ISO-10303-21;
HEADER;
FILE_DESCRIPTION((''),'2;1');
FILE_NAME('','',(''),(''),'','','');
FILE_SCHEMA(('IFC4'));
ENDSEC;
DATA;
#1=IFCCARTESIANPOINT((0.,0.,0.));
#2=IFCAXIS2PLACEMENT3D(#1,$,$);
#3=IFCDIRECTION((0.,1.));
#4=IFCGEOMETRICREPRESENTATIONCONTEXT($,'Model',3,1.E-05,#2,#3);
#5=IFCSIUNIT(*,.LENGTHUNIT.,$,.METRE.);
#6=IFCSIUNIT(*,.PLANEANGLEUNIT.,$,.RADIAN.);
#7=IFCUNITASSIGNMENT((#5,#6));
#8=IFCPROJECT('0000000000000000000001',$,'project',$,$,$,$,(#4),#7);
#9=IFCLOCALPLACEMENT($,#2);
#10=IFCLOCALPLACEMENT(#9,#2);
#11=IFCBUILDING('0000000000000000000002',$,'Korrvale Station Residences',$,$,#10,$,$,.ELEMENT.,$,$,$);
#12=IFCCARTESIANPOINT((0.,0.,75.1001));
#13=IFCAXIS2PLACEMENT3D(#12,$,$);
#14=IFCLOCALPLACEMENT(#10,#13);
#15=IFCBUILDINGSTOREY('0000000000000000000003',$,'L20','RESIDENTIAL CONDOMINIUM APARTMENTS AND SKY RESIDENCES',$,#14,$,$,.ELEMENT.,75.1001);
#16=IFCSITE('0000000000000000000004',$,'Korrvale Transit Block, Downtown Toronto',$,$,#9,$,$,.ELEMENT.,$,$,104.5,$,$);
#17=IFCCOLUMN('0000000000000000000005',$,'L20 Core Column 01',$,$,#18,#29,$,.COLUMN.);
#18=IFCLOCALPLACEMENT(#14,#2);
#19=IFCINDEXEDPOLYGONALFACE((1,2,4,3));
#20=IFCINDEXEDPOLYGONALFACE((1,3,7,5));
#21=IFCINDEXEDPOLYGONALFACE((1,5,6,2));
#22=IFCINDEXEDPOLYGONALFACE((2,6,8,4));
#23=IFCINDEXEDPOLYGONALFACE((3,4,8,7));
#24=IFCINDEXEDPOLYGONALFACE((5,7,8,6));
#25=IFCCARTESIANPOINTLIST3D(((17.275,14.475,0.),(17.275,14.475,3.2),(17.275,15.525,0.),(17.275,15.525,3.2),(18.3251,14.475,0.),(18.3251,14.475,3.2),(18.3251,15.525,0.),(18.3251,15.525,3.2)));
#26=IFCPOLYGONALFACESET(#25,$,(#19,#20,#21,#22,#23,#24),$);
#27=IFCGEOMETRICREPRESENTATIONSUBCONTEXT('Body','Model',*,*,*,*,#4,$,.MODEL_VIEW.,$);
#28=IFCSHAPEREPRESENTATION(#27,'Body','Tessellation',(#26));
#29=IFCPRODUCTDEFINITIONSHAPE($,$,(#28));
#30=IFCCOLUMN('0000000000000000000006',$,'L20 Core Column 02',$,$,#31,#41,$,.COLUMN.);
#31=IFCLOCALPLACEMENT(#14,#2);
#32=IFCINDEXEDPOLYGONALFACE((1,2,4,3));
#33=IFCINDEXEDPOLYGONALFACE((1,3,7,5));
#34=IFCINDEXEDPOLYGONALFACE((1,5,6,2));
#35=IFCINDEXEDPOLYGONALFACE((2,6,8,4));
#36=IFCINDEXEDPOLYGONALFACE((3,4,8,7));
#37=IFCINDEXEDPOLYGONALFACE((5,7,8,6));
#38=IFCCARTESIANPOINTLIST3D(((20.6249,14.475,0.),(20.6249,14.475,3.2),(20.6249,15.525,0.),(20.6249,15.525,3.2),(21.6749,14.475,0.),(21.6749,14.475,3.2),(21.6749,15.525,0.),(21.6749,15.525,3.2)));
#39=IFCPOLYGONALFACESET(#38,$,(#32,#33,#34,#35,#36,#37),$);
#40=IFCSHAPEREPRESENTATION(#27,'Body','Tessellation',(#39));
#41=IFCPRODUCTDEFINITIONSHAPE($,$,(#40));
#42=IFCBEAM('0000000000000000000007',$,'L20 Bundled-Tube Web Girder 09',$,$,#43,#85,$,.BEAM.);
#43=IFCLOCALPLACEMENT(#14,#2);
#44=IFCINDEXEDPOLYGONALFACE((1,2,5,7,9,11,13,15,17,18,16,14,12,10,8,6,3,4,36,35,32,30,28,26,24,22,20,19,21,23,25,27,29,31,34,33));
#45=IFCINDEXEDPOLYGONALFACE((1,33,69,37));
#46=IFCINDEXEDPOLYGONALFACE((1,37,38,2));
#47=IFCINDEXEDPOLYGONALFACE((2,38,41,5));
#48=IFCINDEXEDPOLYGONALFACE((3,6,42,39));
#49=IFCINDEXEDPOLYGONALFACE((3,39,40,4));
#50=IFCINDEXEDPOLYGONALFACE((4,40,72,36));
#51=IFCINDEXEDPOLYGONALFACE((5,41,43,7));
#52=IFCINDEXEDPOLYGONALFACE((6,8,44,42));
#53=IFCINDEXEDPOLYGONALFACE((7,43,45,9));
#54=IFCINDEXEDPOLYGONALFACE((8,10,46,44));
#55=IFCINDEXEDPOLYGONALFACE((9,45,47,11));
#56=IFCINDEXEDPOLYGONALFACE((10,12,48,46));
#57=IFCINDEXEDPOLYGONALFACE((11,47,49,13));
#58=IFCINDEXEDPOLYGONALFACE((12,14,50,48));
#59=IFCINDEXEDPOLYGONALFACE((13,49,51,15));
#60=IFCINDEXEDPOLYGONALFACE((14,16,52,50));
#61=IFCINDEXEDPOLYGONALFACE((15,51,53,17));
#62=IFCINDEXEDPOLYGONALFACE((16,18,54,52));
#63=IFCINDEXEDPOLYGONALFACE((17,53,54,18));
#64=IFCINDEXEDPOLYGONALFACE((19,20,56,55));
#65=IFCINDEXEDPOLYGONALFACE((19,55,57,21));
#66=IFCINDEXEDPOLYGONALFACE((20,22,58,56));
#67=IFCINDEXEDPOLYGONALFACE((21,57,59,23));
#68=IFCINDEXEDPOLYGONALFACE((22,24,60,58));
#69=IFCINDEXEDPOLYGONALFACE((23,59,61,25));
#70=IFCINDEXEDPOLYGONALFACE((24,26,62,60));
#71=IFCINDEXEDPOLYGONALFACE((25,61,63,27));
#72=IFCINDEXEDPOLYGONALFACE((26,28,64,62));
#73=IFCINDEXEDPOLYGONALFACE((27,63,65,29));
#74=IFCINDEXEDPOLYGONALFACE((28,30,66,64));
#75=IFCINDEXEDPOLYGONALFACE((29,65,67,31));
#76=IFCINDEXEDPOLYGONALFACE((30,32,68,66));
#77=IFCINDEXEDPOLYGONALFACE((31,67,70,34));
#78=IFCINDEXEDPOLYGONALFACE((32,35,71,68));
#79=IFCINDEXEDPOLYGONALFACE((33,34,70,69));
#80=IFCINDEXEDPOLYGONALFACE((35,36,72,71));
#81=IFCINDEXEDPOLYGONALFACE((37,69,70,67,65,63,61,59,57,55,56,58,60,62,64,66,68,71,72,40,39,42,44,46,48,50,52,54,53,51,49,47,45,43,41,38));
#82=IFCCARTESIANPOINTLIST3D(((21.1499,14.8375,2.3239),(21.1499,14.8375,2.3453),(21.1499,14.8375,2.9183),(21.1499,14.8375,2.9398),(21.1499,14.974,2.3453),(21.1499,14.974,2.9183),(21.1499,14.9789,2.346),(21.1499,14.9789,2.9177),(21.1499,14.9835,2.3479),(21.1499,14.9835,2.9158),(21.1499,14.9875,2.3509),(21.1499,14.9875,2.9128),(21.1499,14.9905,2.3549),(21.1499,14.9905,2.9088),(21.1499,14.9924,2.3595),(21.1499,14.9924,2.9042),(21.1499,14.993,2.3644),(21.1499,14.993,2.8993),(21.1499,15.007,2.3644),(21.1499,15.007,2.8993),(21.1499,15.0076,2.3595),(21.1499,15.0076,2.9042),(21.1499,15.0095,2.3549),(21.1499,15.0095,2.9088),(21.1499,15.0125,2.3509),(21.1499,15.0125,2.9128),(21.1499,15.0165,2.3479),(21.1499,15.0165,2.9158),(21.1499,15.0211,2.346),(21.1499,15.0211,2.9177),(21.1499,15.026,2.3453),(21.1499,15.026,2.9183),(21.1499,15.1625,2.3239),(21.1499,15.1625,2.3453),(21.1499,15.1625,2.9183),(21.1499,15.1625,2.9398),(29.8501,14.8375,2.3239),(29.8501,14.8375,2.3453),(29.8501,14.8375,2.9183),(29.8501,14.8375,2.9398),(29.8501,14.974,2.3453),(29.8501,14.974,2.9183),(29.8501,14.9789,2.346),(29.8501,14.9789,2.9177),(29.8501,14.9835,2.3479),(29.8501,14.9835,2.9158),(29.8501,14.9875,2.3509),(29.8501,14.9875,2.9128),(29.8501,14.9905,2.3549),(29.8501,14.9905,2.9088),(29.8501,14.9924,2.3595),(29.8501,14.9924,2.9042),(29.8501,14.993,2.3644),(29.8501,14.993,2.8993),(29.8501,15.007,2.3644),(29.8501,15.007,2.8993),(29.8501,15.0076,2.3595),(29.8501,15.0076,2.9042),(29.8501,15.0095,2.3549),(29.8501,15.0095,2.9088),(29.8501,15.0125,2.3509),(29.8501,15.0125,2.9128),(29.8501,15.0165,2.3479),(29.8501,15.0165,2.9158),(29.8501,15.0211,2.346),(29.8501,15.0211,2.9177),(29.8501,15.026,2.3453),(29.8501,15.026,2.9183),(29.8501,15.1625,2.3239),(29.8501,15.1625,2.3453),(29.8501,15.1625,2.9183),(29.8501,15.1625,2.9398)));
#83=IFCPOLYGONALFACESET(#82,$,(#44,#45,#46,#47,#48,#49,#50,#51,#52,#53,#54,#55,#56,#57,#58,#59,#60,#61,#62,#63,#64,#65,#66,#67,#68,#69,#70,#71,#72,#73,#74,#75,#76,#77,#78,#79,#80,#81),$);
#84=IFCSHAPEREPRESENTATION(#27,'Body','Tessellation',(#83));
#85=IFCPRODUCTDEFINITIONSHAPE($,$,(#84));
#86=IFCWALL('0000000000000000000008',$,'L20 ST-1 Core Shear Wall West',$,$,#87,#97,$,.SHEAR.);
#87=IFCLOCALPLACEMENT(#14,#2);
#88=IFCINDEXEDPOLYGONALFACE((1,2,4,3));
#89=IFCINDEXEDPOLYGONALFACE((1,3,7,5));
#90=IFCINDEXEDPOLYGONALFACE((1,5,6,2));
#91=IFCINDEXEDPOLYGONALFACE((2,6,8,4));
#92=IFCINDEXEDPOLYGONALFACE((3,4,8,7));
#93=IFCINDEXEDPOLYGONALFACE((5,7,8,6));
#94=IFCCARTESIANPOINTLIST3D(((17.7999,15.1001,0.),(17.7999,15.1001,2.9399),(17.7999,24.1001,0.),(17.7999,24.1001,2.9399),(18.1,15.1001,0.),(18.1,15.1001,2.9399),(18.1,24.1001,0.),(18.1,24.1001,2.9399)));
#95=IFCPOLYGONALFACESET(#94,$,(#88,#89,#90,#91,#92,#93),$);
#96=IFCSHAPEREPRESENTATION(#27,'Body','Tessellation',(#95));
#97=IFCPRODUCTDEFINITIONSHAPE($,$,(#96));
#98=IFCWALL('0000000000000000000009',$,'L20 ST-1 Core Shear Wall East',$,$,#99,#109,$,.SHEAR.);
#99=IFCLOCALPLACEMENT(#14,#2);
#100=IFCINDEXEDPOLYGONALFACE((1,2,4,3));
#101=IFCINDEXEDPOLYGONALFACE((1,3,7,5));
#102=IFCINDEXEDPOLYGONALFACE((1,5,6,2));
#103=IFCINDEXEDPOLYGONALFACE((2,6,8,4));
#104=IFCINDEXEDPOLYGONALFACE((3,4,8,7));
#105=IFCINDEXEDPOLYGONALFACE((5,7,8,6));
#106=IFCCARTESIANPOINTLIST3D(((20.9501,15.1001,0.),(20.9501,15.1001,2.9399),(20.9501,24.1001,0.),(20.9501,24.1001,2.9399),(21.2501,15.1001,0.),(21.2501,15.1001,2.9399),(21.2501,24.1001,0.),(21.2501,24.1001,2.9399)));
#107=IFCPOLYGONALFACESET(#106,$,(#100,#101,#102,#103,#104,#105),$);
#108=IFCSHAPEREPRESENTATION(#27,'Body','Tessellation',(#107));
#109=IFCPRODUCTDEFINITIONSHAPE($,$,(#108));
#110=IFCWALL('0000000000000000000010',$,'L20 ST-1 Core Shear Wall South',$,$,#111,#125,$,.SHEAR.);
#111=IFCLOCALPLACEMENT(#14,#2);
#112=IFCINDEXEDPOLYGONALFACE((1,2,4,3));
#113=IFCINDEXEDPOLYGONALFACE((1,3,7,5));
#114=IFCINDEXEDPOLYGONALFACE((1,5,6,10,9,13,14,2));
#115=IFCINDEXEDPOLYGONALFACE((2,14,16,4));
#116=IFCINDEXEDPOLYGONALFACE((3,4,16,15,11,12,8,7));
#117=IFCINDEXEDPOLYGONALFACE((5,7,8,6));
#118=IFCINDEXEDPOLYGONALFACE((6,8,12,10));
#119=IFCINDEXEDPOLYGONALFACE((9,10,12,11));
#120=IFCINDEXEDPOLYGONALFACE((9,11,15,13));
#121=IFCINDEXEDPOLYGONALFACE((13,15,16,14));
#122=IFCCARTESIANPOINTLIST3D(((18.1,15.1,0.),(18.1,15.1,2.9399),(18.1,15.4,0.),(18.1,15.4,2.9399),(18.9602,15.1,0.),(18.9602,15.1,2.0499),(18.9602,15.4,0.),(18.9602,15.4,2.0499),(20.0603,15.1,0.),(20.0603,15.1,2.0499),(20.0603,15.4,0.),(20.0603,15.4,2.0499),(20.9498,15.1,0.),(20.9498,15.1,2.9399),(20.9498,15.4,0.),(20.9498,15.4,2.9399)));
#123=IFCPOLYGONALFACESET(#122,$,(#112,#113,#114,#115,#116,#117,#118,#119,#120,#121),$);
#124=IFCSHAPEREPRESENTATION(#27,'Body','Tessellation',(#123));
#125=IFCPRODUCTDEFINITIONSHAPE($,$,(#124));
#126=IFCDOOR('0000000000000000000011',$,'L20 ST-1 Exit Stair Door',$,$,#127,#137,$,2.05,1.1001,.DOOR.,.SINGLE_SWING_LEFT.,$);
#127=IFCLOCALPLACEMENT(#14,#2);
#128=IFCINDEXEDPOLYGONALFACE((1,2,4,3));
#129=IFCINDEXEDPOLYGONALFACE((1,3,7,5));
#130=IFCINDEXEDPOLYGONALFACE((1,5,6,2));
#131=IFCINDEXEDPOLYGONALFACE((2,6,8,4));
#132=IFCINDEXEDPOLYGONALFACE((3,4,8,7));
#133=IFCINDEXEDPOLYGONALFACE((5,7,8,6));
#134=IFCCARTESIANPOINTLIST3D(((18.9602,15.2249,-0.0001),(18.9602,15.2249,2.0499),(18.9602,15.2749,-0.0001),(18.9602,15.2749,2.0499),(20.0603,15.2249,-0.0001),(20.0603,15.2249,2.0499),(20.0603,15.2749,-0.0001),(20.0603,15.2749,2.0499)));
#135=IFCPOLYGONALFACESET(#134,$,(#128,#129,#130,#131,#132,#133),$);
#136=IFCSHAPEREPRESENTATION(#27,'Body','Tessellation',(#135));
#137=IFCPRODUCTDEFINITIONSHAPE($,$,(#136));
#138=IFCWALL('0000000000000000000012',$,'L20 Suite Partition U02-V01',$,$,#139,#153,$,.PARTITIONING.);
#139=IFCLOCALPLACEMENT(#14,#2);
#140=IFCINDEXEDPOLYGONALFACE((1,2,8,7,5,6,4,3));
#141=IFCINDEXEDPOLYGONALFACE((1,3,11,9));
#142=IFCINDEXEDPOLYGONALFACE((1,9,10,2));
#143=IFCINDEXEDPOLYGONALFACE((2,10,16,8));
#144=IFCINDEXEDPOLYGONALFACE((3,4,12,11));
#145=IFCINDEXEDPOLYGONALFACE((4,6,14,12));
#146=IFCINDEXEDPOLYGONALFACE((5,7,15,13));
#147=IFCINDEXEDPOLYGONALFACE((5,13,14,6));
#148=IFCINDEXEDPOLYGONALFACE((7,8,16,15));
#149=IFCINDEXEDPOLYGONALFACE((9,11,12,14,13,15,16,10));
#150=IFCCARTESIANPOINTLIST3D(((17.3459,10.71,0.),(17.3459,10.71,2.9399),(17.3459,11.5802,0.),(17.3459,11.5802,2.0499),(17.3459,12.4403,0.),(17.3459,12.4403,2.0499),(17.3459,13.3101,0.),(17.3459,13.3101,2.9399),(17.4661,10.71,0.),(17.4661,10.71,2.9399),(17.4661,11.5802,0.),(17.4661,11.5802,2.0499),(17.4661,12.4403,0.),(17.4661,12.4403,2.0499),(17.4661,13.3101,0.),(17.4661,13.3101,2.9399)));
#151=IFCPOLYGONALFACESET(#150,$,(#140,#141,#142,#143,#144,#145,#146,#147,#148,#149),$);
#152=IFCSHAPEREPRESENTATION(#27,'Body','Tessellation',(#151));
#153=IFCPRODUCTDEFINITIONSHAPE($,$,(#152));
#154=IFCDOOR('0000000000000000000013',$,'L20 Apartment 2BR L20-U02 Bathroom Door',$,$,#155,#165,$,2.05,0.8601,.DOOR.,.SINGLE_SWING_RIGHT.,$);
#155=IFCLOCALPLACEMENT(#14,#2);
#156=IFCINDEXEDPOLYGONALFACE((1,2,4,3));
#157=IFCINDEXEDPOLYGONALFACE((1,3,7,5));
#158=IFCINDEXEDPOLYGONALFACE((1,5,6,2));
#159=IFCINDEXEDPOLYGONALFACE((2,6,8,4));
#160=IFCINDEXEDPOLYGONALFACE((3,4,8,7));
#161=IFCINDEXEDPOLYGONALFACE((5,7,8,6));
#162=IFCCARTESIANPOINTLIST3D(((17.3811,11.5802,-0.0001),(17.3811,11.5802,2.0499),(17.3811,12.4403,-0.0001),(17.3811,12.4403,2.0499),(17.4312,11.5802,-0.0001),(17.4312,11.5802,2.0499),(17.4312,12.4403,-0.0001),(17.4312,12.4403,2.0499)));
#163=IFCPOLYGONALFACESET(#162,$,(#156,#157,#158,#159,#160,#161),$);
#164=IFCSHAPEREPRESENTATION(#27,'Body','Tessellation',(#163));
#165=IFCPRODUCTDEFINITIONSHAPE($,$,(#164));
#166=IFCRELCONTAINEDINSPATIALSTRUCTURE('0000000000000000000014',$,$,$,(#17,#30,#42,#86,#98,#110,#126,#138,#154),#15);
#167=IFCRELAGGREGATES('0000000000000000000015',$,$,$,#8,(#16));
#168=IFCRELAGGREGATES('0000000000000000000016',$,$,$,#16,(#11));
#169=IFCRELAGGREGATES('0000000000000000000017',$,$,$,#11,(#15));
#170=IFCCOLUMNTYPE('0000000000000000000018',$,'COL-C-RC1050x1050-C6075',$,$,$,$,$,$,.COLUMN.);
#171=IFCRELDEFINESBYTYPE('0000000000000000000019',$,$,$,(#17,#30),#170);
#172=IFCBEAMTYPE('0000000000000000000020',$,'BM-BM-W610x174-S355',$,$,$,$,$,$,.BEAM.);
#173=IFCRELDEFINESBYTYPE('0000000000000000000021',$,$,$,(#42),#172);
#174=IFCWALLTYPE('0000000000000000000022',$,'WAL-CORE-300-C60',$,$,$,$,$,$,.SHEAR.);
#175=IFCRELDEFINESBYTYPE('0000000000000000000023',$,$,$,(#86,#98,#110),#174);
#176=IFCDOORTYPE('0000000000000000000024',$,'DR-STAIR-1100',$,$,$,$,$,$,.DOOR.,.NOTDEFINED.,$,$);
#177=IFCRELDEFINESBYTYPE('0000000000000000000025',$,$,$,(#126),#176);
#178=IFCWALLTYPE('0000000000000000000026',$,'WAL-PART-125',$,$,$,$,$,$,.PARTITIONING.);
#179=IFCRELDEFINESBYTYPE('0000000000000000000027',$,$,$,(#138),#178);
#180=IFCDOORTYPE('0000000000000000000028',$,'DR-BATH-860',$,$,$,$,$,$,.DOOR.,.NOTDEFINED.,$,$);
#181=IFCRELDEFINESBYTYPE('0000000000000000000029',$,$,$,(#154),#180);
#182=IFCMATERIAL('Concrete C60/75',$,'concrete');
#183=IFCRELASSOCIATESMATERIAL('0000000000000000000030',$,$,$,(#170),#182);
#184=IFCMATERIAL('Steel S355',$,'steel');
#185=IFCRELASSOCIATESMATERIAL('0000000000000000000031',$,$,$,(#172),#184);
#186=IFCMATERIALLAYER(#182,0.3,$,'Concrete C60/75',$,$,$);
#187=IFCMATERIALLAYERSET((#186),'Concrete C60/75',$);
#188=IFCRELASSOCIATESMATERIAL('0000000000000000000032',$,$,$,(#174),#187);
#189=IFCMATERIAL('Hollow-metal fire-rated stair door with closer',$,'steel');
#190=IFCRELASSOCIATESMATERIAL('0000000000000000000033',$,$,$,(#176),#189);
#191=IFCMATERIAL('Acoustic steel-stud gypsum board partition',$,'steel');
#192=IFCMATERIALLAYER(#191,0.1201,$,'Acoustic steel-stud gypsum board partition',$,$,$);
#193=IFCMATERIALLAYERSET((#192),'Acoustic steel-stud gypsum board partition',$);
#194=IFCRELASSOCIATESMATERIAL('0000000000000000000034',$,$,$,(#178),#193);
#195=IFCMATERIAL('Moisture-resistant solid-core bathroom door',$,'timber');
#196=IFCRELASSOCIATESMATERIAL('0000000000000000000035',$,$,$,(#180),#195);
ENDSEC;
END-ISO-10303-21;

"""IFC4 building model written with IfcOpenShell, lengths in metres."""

from ifc_helpers import new_model, si_unit, direction, frame, frame_2d, origin, origin_2d, place, context, subcontext, project, spatial, rectangle, i_section, extrude, material, layer, layer_set, material_profile, profile_set, type_object, element, fill, save


model = new_model("IFC4")

# Units and contexts
model_context = context("Model", 3, precision=1e-05, world=origin(), true_north=direction((0.0, 1.0)))
body_context = subcontext(model_context, "Body", "Model", "MODEL_VIEW")
ifc_project = project(units=[si_unit("LENGTHUNIT", "METRE"), si_unit("PLANEANGLEUNIT", "RADIAN")], contexts=[model_context])

# Site, building, storey
site_placement = place(None, origin())
site = spatial("IfcSite", under=ifc_project, at=site_placement, Name="Korrvale Transit Block, Downtown Toronto", CompositionType="ELEMENT", RefElevation=104.5)
building_placement = place(site_placement, origin())
building = spatial("IfcBuilding", under=site, at=building_placement, Name="Korrvale Station Residences", CompositionType="ELEMENT")
storey_placement = place(building_placement, frame((0.0, 0.0, 75.1001)))
storey = spatial("IfcBuildingStorey", under=building, at=storey_placement, Name="L20", Description="RESIDENTIAL CONDOMINIUM APARTMENTS AND SKY RESIDENCES", CompositionType="ELEMENT", Elevation=75.1001)

# Columns
ifc_material_1 = material(Name="Concrete C60/75", Category="concrete")
ifc_material_profile_1 = material_profile(ifc_material_1, rectangle(XDim=1.05, YDim=1.05, at=origin_2d()), Name="RC1050x1050")
ifc_profile_set_1 = profile_set([ifc_material_profile_1], Name="Concrete C60/75")
column_type = type_object("IfcColumnType", Name="COL-C-RC1050x1050-C6075", PredefinedType="COLUMN", material=ifc_profile_set_1)
for number, where, z_axis, x_axis, name in (
    (1, (17.8, 15.0, 0.0), (0.0, 0.0, 1.0), (1.0, 0.0, 0.0), "L20 Core Column 01"),
    (2, (21.1499, 15.0, 0.0), (0.0, 0.0, 1.0), (1.0, 0.0, 0.0), "L20 Core Column 02"),
):
    element("IfcColumn", number, at=place(storey_placement, frame(where, z_axis=z_axis, x_axis=x_axis)), inside=storey, type_object=column_type, Name=name, PredefinedType="COLUMN", context=body_context, shape_type="SweptSolid", body=[
        extrude(rectangle(XDim=1.05, YDim=1.05, at=origin_2d()), origin(), (0.0, 0.0, 1.0), 3.2),
    ])

# Beam
ifc_material_2 = material(Name="Steel S355", Category="steel")
ifc_material_profile_2 = material_profile(ifc_material_2, i_section(OverallWidth=0.325, OverallDepth=0.616, WebThickness=0.0139, FlangeThickness=0.0215, FilletRadius=0.019, at=origin_2d()), Name="W610x174")
ifc_profile_set_2 = profile_set([ifc_material_profile_2], Name="Steel S355")
beam_type = type_object("IfcBeamType", Name="BM-BM-W610x174-S355", PredefinedType="BEAM", material=ifc_profile_set_2)
beam_placement = place(storey_placement, frame((21.1499, 15.0, 2.6318), z_axis=(1.0, 0.0, 0.0), x_axis=(0.0, 1.0, 0.0)))
element("IfcBeam", 3, at=beam_placement, inside=storey, type_object=beam_type, Name="L20 Bundled-Tube Web Girder 09", PredefinedType="BEAM", context=body_context, shape_type="SweptSolid", body=[
    extrude(i_section(OverallWidth=0.325, OverallDepth=0.616, WebThickness=0.0139, FlangeThickness=0.0215, FilletRadius=0.019, at=origin_2d()), origin(), (0.0, 0.0, 1.0), 8.7002),
])

# Walls
ifc_layer_1 = layer(ifc_material_1, 0.3, Name="Concrete C60/75")
ifc_layer_set_1 = layer_set([ifc_layer_1], Name="Concrete C60/75")
wall_type_1 = type_object("IfcWallType", Name="WAL-CORE-300-C60", PredefinedType="SHEAR", material=ifc_layer_set_1)
for number, where, z_axis, x_axis, name in (
    (4, (17.95, 15.1001, 0.0), (0.0, 0.0, 1.0), (0.0, 1.0, 0.0), "L20 ST-1 Core Shear Wall West"),
    (5, (21.1001, 15.1001, 0.0), (0.0, 0.0, 1.0), (0.0, 1.0, 0.0), "L20 ST-1 Core Shear Wall East"),
):
    element("IfcWall", number, at=place(storey_placement, frame(where, z_axis=z_axis, x_axis=x_axis)), inside=storey, type_object=wall_type_1, Name=name, PredefinedType="SHEAR", context=body_context, shape_type="SweptSolid", body=[
        extrude(rectangle(XDim=9.0, YDim=0.3, at=frame_2d((4.5, 0.0))), origin(), (0.0, 0.0, 1.0), 2.9399),
    ])

# Walls, openings, doors
wall_1_placement = place(storey_placement, frame((18.1001, 15.25, 0.0), z_axis=(0.0, 0.0, 1.0), x_axis=(1.0, 0.0, 0.0)))
wall_1 = element("IfcWall", 6, at=wall_1_placement, inside=storey, type_object=wall_type_1, Name="L20 ST-1 Core Shear Wall South", PredefinedType="SHEAR", context=body_context, shape_type="SweptSolid", body=[
    extrude(rectangle(XDim=2.8499, YDim=0.3, at=frame_2d((1.4248, 0.0))), origin(), (0.0, 0.0, 1.0), 2.9399),
])
opening_1_placement = place(wall_1_placement, frame((0.8601, 0.0, 0.0)))
opening_1 = element("IfcOpeningElement", 7, at=opening_1_placement, cuts=wall_1, PredefinedType="OPENING", context=body_context, shape_type="SweptSolid", body=[
    extrude(rectangle(XDim=1.1001, YDim=2.05, at=frame_2d((0.55, 1.0249))), frame((0.0, 0.1602, 0.0), z_axis=(0.0, -1.0, 0.0), x_axis=(1.0, 0.0, 0.0)), (0.0, 0.0, 1.0), 0.3201),
])
ifc_material_3 = material(Name="Hollow-metal fire-rated stair door with closer", Category="steel")
door_type_1 = type_object("IfcDoorType", Name="DR-STAIR-1100", OperationType="NOTDEFINED", PredefinedType="DOOR", material=ifc_material_3)
door_1_placement = place(opening_1_placement, origin())
door_1 = element("IfcDoor", 8, at=door_1_placement, inside=storey, type_object=door_type_1, Name="L20 ST-1 Exit Stair Door", OperationType="SINGLE_SWING_LEFT", OverallHeight=2.05, OverallWidth=1.1001, PredefinedType="DOOR", context=body_context, shape_type="SweptSolid", body=[
    extrude(rectangle(XDim=1.1001, YDim=2.05, at=frame_2d((0.55, 1.0249))), frame((0.0, 0.0249, 0.0), z_axis=(0.0, -1.0, 0.0), x_axis=(1.0, 0.0, 0.0)), (0.0, 0.0, 1.0), 0.05),
])
fill(opening_1, door_1)
ifc_material_4 = material(Name="Acoustic steel-stud gypsum board partition", Category="steel")
ifc_layer_2 = layer(ifc_material_4, 0.1201, Name="Acoustic steel-stud gypsum board partition")
ifc_layer_set_2 = layer_set([ifc_layer_2], Name="Acoustic steel-stud gypsum board partition")
wall_type_2 = type_object("IfcWallType", Name="WAL-PART-125", PredefinedType="PARTITIONING", material=ifc_layer_set_2)
wall_2_placement = place(storey_placement, frame((17.406, 10.71, 0.0), z_axis=(0.0, 0.0, 1.0), x_axis=(0.0, 1.0, 0.0)))
wall_2 = element("IfcWall", 9, at=wall_2_placement, inside=storey, type_object=wall_type_2, Name="L20 Suite Partition U02-V01", PredefinedType="PARTITIONING", context=body_context, shape_type="SweptSolid", body=[
    extrude(rectangle(XDim=2.6001, YDim=0.1201, at=frame_2d((1.3, 0.0))), origin(), (0.0, 0.0, 1.0), 2.9399),
])
opening_2_placement = place(wall_2_placement, frame((0.8701, 0.0, 0.0)))
opening_2 = element("IfcOpeningElement", 10, at=opening_2_placement, cuts=wall_2, PredefinedType="OPENING", context=body_context, shape_type="SweptSolid", body=[
    extrude(rectangle(XDim=0.8601, YDim=2.05, at=frame_2d((0.4302, 1.0249))), frame((0.0, 0.0701, 0.0), z_axis=(0.0, -1.0, 0.0), x_axis=(1.0, 0.0, 0.0)), (0.0, 0.0, 1.0), 0.1401),
])
ifc_material_5 = material(Name="Moisture-resistant solid-core bathroom door", Category="timber")
door_type_2 = type_object("IfcDoorType", Name="DR-BATH-860", OperationType="NOTDEFINED", PredefinedType="DOOR", material=ifc_material_5)
door_2_placement = place(opening_2_placement, origin())
door_2 = element("IfcDoor", 11, at=door_2_placement, inside=storey, type_object=door_type_2, Name="L20 Apartment 2BR L20-U02 Bathroom Door", OperationType="SINGLE_SWING_RIGHT", OverallHeight=2.05, OverallWidth=0.8601, PredefinedType="DOOR", context=body_context, shape_type="SweptSolid", body=[
    extrude(rectangle(XDim=0.8601, YDim=2.05, at=frame_2d((0.4302, 1.0249))), frame((0.0, 0.0249, 0.0), z_axis=(0.0, -1.0, 0.0), x_axis=(1.0, 0.0, 0.0)), (0.0, 0.0, 1.0), 0.05),
])
fill(opening_2, door_2)

save(model, "model.ifc")
